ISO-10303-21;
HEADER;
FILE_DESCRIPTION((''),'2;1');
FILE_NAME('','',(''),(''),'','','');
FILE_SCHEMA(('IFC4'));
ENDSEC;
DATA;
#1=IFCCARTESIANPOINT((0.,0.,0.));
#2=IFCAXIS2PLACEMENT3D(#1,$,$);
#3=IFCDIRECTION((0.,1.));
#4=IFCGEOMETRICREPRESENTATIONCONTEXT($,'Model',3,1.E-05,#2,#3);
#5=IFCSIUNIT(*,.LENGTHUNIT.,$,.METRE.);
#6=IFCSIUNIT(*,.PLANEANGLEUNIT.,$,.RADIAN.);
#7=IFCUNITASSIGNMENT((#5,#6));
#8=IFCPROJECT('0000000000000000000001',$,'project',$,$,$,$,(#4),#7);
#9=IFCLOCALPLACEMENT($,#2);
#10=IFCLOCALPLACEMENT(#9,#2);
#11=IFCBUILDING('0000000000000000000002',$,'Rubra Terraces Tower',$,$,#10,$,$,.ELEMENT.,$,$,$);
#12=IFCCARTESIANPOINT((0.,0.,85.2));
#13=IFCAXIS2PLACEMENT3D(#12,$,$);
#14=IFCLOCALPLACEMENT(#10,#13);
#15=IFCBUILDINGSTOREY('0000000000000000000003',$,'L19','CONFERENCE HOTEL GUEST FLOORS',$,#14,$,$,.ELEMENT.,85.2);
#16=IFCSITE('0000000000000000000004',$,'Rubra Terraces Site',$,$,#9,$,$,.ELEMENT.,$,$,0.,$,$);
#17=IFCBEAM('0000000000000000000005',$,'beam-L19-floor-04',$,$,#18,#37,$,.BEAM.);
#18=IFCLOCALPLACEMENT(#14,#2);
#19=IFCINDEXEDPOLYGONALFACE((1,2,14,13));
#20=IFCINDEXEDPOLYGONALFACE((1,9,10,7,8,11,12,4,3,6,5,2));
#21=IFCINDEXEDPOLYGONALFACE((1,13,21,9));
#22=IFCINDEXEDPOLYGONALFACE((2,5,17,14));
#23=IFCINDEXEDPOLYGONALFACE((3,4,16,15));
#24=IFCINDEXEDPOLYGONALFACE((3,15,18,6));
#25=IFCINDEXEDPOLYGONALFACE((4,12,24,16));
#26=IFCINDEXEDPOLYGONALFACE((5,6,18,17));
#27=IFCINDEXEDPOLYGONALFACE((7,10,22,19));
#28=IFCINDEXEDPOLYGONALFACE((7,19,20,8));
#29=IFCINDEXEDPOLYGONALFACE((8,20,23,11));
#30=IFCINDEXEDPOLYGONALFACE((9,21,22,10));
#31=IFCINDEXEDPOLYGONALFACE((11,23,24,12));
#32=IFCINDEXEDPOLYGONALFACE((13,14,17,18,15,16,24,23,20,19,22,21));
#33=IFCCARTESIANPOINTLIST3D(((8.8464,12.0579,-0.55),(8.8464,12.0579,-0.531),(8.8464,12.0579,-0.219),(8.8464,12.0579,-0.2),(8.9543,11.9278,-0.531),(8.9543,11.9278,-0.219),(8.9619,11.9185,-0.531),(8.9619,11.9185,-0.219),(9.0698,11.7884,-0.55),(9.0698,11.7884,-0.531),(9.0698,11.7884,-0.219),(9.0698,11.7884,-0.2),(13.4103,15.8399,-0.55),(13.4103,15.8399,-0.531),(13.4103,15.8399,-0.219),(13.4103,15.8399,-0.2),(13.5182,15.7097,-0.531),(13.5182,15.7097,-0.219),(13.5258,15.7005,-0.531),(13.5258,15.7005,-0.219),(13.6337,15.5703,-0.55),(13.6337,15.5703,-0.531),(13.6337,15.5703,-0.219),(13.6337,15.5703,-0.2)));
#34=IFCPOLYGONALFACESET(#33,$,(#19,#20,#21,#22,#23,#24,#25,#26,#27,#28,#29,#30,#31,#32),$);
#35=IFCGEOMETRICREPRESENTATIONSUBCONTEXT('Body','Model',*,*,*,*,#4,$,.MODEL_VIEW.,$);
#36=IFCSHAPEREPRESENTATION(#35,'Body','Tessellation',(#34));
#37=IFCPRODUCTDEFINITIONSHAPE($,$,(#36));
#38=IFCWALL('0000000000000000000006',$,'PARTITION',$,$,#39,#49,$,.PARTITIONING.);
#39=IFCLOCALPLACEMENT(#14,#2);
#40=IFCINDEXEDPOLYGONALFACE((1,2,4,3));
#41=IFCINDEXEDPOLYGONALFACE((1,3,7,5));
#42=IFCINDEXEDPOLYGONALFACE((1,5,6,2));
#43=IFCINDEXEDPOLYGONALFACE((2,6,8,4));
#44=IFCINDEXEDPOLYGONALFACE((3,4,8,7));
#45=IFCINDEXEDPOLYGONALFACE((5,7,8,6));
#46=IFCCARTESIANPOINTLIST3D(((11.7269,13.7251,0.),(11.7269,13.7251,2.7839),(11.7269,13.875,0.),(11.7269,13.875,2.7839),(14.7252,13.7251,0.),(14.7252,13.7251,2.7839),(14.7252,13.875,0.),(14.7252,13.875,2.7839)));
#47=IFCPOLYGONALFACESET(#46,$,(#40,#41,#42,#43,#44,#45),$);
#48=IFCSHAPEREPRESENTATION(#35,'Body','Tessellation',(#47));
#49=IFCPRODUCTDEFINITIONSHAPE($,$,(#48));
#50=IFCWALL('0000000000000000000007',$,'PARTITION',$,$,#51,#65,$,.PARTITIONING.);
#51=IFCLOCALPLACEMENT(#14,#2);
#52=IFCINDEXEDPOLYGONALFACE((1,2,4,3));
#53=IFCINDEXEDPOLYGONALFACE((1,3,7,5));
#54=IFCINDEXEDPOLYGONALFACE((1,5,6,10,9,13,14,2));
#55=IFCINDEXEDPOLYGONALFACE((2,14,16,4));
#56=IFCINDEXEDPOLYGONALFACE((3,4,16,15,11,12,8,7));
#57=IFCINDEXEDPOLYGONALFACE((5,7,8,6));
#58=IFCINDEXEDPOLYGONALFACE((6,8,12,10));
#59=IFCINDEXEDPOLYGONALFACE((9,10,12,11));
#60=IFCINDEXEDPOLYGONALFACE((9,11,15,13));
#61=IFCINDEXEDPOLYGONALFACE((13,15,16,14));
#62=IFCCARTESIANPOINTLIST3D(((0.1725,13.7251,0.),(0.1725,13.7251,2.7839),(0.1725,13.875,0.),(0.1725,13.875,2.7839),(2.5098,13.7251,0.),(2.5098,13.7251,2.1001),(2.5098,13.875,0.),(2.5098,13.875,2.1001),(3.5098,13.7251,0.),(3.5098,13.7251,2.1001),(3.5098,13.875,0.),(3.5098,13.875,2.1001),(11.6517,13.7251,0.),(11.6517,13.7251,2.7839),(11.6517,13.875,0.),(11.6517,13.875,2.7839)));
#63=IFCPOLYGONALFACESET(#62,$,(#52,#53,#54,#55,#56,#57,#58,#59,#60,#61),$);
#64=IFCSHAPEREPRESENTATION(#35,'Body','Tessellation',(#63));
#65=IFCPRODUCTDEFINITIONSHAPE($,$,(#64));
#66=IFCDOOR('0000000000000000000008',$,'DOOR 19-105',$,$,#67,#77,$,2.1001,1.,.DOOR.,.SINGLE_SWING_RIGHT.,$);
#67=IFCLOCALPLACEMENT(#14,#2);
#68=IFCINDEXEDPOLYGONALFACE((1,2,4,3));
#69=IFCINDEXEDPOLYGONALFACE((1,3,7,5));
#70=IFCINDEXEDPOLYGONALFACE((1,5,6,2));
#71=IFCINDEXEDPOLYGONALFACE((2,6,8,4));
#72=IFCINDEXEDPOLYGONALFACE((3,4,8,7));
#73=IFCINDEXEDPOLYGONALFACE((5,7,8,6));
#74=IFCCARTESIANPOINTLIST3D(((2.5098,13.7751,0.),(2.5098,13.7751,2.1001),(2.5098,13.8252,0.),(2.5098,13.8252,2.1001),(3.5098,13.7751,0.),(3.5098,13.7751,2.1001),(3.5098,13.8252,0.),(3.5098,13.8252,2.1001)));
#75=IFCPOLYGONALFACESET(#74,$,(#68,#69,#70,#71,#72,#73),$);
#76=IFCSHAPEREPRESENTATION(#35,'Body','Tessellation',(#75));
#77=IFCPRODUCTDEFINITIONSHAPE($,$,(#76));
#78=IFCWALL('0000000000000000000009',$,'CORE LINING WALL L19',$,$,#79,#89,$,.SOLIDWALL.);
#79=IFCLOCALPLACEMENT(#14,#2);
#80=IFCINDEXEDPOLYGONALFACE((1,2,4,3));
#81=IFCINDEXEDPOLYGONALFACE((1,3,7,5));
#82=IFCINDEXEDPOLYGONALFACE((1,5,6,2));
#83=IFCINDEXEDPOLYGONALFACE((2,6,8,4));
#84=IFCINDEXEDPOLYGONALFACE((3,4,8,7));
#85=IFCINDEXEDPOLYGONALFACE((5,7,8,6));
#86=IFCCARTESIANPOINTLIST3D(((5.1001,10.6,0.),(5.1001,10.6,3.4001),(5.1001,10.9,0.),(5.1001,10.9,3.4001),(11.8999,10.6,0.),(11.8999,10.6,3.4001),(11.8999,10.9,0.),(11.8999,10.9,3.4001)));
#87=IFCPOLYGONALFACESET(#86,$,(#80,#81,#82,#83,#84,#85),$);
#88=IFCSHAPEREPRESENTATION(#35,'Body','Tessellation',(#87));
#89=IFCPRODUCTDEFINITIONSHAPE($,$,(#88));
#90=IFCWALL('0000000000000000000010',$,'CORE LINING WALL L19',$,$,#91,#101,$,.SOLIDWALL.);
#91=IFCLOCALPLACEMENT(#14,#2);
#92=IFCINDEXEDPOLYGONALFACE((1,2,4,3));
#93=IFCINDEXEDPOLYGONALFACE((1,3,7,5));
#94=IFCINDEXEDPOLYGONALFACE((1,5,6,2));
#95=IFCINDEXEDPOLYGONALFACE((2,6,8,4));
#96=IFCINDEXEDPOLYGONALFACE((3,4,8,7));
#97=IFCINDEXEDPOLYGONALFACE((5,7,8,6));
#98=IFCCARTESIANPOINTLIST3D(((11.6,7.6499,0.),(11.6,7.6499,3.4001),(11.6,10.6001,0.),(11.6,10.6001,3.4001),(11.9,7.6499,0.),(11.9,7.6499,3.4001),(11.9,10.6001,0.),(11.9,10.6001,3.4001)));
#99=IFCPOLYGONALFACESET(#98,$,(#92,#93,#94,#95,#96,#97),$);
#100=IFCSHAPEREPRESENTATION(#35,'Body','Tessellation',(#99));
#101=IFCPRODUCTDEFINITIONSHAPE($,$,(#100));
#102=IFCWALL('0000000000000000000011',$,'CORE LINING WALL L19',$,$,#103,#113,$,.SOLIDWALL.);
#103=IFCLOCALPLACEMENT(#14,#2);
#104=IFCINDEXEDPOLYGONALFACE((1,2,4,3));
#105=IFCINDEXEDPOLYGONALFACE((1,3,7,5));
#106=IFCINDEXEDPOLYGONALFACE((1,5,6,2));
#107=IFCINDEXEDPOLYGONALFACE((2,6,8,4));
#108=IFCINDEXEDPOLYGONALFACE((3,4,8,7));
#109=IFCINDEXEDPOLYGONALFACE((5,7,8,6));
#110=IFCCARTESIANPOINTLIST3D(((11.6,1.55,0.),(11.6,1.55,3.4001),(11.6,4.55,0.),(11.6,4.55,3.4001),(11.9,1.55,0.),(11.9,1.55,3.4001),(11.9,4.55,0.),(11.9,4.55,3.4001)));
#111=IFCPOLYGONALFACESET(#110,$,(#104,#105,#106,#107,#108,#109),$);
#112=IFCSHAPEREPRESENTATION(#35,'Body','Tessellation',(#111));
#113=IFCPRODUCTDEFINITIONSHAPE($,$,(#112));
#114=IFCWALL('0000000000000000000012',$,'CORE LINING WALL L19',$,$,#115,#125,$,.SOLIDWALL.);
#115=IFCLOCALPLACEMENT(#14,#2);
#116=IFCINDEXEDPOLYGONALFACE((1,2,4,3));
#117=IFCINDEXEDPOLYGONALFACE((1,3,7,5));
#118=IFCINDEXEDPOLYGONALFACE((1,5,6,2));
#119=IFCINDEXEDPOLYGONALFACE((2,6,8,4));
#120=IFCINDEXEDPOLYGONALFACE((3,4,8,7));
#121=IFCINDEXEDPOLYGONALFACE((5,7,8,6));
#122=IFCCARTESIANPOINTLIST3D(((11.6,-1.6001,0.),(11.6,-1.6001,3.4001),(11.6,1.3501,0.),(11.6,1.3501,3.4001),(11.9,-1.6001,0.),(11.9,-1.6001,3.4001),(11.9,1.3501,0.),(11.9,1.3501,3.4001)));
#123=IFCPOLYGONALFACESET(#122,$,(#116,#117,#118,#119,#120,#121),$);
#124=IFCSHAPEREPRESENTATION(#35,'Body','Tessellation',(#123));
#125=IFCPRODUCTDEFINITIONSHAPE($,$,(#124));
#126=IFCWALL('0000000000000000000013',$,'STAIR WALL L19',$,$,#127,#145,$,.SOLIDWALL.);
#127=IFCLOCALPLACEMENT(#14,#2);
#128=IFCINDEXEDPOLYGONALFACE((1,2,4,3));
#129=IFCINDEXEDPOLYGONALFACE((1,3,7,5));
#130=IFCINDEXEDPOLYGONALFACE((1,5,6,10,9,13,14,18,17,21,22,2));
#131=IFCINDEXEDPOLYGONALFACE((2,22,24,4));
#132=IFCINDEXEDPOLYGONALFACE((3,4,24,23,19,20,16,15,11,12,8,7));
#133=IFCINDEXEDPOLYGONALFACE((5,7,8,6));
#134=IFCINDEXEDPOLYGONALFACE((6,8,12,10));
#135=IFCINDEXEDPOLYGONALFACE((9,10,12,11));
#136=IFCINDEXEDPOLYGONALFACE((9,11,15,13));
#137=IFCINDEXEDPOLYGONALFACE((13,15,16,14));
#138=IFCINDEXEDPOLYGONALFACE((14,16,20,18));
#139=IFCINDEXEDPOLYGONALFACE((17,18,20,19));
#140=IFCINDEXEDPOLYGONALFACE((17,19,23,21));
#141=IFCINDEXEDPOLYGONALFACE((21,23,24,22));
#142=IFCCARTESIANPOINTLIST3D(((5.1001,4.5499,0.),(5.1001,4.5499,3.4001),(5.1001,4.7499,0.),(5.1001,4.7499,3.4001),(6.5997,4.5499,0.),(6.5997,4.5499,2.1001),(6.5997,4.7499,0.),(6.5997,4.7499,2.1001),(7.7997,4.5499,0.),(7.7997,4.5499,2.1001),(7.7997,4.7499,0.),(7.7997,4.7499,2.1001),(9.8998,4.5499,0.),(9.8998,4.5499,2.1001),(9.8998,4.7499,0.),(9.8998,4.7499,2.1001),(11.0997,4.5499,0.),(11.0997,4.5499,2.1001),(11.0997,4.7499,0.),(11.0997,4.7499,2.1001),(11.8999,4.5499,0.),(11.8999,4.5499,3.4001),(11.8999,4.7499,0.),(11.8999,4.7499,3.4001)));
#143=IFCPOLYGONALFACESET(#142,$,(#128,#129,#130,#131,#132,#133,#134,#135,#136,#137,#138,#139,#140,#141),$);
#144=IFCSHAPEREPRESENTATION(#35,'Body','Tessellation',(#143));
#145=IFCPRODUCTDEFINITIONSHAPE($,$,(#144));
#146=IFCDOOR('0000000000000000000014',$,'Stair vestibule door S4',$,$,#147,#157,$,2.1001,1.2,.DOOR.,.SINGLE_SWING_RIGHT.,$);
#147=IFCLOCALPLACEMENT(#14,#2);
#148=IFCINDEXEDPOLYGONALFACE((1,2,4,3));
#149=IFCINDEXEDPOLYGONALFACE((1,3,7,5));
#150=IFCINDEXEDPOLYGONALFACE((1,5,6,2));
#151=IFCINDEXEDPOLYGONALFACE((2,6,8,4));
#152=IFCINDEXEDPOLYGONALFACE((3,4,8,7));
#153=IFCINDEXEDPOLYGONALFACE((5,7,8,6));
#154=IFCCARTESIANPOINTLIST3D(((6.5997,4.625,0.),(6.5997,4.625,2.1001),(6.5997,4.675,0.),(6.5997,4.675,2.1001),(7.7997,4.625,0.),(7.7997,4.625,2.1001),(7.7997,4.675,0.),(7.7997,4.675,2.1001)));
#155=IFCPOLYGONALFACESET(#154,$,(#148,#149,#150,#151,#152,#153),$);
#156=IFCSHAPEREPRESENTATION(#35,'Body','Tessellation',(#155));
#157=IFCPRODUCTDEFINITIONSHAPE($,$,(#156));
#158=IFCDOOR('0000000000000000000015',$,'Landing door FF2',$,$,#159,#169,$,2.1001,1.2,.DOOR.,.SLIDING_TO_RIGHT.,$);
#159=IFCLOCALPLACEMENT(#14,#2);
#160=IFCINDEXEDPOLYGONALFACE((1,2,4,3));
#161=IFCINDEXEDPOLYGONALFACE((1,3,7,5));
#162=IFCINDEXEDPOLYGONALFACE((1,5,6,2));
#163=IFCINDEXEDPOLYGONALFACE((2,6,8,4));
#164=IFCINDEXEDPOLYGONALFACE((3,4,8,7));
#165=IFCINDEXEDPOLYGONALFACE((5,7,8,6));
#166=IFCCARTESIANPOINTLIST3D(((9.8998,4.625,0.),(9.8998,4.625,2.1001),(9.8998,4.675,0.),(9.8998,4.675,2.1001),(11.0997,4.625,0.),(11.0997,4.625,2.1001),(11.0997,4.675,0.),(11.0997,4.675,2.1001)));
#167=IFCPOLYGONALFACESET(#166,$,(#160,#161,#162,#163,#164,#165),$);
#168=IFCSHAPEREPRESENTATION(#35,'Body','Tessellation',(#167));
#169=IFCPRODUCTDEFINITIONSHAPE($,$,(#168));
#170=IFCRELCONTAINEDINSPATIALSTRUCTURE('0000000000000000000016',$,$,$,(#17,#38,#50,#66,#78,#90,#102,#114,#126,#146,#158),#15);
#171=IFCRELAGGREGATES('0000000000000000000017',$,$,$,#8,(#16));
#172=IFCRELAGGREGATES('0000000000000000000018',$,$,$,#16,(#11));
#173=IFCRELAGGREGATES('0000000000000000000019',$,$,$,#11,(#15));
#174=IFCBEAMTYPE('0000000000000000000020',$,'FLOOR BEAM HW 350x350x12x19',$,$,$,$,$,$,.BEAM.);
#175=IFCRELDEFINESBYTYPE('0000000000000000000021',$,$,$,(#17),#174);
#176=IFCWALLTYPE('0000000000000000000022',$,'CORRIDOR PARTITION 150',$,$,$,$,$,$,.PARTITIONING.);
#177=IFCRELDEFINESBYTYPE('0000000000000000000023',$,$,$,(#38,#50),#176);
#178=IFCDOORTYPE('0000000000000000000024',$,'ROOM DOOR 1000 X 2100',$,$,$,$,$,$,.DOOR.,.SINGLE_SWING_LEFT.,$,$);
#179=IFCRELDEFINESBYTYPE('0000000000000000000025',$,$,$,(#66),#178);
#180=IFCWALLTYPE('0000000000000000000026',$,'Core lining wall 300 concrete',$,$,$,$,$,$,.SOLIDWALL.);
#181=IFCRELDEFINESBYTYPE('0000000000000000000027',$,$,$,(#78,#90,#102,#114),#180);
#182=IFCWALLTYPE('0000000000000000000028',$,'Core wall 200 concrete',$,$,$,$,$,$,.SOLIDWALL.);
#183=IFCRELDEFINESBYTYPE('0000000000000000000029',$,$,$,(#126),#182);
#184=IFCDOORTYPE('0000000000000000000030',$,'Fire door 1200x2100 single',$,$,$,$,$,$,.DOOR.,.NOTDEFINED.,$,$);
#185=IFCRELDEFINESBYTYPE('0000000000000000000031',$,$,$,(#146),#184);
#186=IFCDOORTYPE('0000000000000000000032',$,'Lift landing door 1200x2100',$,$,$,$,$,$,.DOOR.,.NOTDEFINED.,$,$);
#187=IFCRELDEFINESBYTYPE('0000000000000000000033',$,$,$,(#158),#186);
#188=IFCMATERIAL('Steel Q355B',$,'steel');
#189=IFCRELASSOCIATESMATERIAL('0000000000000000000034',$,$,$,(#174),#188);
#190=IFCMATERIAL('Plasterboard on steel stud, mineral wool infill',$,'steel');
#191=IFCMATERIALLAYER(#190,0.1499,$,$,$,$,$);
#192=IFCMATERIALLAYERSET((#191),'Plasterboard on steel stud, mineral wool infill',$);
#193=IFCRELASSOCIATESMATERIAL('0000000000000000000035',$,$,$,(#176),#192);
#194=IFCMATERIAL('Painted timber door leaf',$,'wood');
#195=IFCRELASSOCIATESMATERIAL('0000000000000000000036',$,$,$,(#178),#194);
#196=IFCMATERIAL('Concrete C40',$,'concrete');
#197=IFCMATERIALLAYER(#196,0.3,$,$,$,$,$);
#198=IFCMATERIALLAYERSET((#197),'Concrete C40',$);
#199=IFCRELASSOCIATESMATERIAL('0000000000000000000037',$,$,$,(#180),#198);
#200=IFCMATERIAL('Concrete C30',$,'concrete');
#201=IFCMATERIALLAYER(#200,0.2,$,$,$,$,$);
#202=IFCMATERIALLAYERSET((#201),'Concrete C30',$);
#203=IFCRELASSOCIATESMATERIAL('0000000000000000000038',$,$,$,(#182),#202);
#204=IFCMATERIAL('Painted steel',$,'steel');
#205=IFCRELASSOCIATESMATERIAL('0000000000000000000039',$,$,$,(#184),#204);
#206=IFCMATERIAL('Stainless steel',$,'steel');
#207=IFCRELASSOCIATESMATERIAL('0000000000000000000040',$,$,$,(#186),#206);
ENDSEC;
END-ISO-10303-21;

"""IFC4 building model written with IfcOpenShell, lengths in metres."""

from ifc_helpers import new_model, si_unit, direction, frame, frame_2d, origin, origin_2d, place, context, subcontext, project, spatial, rectangle, i_section, extrude, material, layer, layer_set, material_profile, profile_set, type_object, element, fill, save


model = new_model("IFC4")

# Units and contexts
model_context = context("Model", 3, precision=1e-05, world=origin(), true_north=direction((0.0, 1.0)))
body_context = subcontext(model_context, "Body", "Model", "MODEL_VIEW")
ifc_project = project(units=[si_unit("LENGTHUNIT", "METRE"), si_unit("PLANEANGLEUNIT", "RADIAN")], contexts=[model_context])

# Site, building, storey
site_placement = place(None, origin())
site = spatial("IfcSite", under=ifc_project, at=site_placement, Name="Rubra Terraces Site", CompositionType="ELEMENT", RefElevation=0.0)
building_placement = place(site_placement, origin())
building = spatial("IfcBuilding", under=site, at=building_placement, Name="Rubra Terraces Tower", CompositionType="ELEMENT")
storey_placement = place(building_placement, frame((0.0, 0.0, 85.2)))
storey = spatial("IfcBuildingStorey", under=building, at=storey_placement, Name="L19", Description="CONFERENCE HOTEL GUEST FLOORS", CompositionType="ELEMENT", Elevation=85.2)

# Beam
ifc_material_1 = material(Name="Steel Q355B", Category="steel")
ifc_material_profile = material_profile(ifc_material_1, i_section(OverallWidth=0.3501, OverallDepth=0.3501, WebThickness=0.012, FlangeThickness=0.019, at=origin_2d()), Name="HW 350x350x12x19")
ifc_profile_set = profile_set([ifc_material_profile], Name="Steel Q355B")
beam_type = type_object("IfcBeamType", Name="FLOOR BEAM HW 350x350x12x19", PredefinedType="BEAM", material=ifc_profile_set)
beam_placement = place(storey_placement, frame((13.522, 15.7051, -0.375), z_axis=(-0.769987, -0.638059, 0.0), x_axis=(0.638059, -0.769987, 0.0)))
element("IfcBeam", 1, at=beam_placement, inside=storey, type_object=beam_type, Name="beam-L19-floor-04", PredefinedType="BEAM", context=body_context, shape_type="SweptSolid", body=[
    extrude(i_section(OverallWidth=0.3501, OverallDepth=0.3501, WebThickness=0.012, FlangeThickness=0.019, at=origin_2d()), origin(), (0.0, 0.0, 1.0), 5.9272),
])

# Shared definitions
ifc_material_2 = material(Name="Plasterboard on steel stud, mineral wool infill", Category="steel")
ifc_layer_1 = layer(ifc_material_2, 0.1499)
ifc_layer_set_1 = layer_set([ifc_layer_1], Name="Plasterboard on steel stud, mineral wool infill")
wall_type_1 = type_object("IfcWallType", Name="CORRIDOR PARTITION 150", PredefinedType="PARTITIONING", material=ifc_layer_set_1)

# Wall
wall_1_placement = place(storey_placement, frame((14.7251, 13.8, 0.0), z_axis=(0.0, 0.0, 1.0), x_axis=(-1.0, 0.0, 0.0)))
element("IfcWall", 2, at=wall_1_placement, inside=storey, type_object=wall_type_1, Name="PARTITION", PredefinedType="PARTITIONING", context=body_context, shape_type="SweptSolid", body=[
    extrude(rectangle(XDim=2.9983, YDim=0.1499, at=frame_2d((1.499, 0.0))), origin(), (0.0, 0.0, 1.0), 2.7839),
])

# Wall, opening, door
wall_2_placement = place(storey_placement, frame((11.6519, 13.8, 0.0), z_axis=(0.0, 0.0, 1.0), x_axis=(-1.0, 0.0, 0.0)))
wall_2 = element("IfcWall", 3, at=wall_2_placement, inside=storey, type_object=wall_type_1, Name="PARTITION", PredefinedType="PARTITIONING", context=body_context, shape_type="SweptSolid", body=[
    extrude(rectangle(XDim=11.4792, YDim=0.1499, at=frame_2d((5.7397, 0.0))), origin(), (0.0, 0.0, 1.0), 2.7839),
])
opening_1_placement = place(wall_2_placement, frame((8.1421, 0.0, 0.0)))
opening_1 = element("IfcOpeningElement", 4, at=opening_1_placement, cuts=wall_2, PredefinedType="OPENING", context=body_context, shape_type="SweptSolid", body=[
    extrude(rectangle(XDim=1.0, YDim=2.1001, at=frame_2d((0.5, 1.05))), frame((0.0, 0.085, 0.0), z_axis=(0.0, -1.0, 0.0), x_axis=(1.0, 0.0, 0.0)), (0.0, 0.0, 1.0), 0.1699),
])
ifc_material_3 = material(Name="Painted timber door leaf", Category="wood")
door_type_1 = type_object("IfcDoorType", Name="ROOM DOOR 1000 X 2100", OperationType="SINGLE_SWING_LEFT", PredefinedType="DOOR", material=ifc_material_3)
door_1_placement = place(opening_1_placement, origin())
door_1 = element("IfcDoor", 5, at=door_1_placement, inside=storey, type_object=door_type_1, Name="DOOR 19-105", OperationType="SINGLE_SWING_RIGHT", OverallHeight=2.1001, OverallWidth=1.0, PredefinedType="DOOR", context=body_context, shape_type="SweptSolid", body=[
    extrude(rectangle(XDim=1.0, YDim=2.1001, at=frame_2d((0.5, 1.05))), frame((0.0, 0.0249, 0.0), z_axis=(0.0, -1.0, 0.0), x_axis=(1.0, 0.0, 0.0)), (0.0, 0.0, 1.0), 0.05),
])
fill(opening_1, door_1)

# Walls
ifc_material_4 = material(Name="Concrete C40", Category="concrete")
ifc_layer_2 = layer(ifc_material_4, 0.3)
ifc_layer_set_2 = layer_set([ifc_layer_2], Name="Concrete C40")
wall_type_2 = type_object("IfcWallType", Name="Core lining wall 300 concrete", PredefinedType="SOLIDWALL", material=ifc_layer_set_2)
wall_3_placement = place(storey_placement, frame((11.8999, 10.75, 0.0), z_axis=(0.0, 0.0, 1.0), x_axis=(-1.0, 0.0, 0.0)))
element("IfcWall", 6, at=wall_3_placement, inside=storey, type_object=wall_type_2, Name="CORE LINING WALL L19", PredefinedType="SOLIDWALL", context=body_context, shape_type="SweptSolid", body=[
    extrude(rectangle(XDim=6.7998, YDim=0.3, at=frame_2d((3.3999, 0.0))), origin(), (0.0, 0.0, 1.0), 3.4001),
])
wall_4_placement = place(storey_placement, frame((11.75, 10.6001, 0.0), z_axis=(0.0, 0.0, 1.0), x_axis=(0.0, -1.0, 0.0)))
element("IfcWall", 7, at=wall_4_placement, inside=storey, type_object=wall_type_2, Name="CORE LINING WALL L19", PredefinedType="SOLIDWALL", context=body_context, shape_type="SweptSolid", body=[
    extrude(rectangle(XDim=2.9502, YDim=0.3, at=frame_2d((1.4751, 0.0))), origin(), (0.0, 0.0, 1.0), 3.4001),
])
wall_5_placement = place(storey_placement, frame((11.75, 4.55, 0.0), z_axis=(0.0, 0.0, 1.0), x_axis=(0.0, -1.0, 0.0)))
element("IfcWall", 8, at=wall_5_placement, inside=storey, type_object=wall_type_2, Name="CORE LINING WALL L19", PredefinedType="SOLIDWALL", context=body_context, shape_type="SweptSolid", body=[
    extrude(rectangle(XDim=3.0, YDim=0.3, at=frame_2d((1.5, 0.0))), origin(), (0.0, 0.0, 1.0), 3.4001),
])
wall_6_placement = place(storey_placement, frame((11.75, 1.3501, 0.0), z_axis=(0.0, 0.0, 1.0), x_axis=(0.0, -1.0, 0.0)))
element("IfcWall", 9, at=wall_6_placement, inside=storey, type_object=wall_type_2, Name="CORE LINING WALL L19", PredefinedType="SOLIDWALL", context=body_context, shape_type="SweptSolid", body=[
    extrude(rectangle(XDim=2.9502, YDim=0.3, at=frame_2d((1.4751, 0.0))), origin(), (0.0, 0.0, 1.0), 3.4001),
])

# Wall, openings, doors
ifc_material_5 = material(Name="Concrete C30", Category="concrete")
ifc_layer_3 = layer(ifc_material_5, 0.2)
ifc_layer_set_3 = layer_set([ifc_layer_3], Name="Concrete C30")
wall_type_3 = type_object("IfcWallType", Name="Core wall 200 concrete", PredefinedType="SOLIDWALL", material=ifc_layer_set_3)
wall_7_placement = place(storey_placement, frame((11.8999, 4.6499, 0.0), z_axis=(0.0, 0.0, 1.0), x_axis=(-1.0, 0.0, 0.0)))
wall_7 = element("IfcWall", 10, at=wall_7_placement, inside=storey, type_object=wall_type_3, Name="STAIR WALL L19", PredefinedType="SOLIDWALL", context=body_context, shape_type="SweptSolid", body=[
    extrude(rectangle(XDim=6.7998, YDim=0.2, at=frame_2d((3.3999, 0.0))), origin(), (0.0, 0.0, 1.0), 3.4001),
])
opening_2_placement = place(wall_7_placement, frame((4.1001, 0.0, 0.0)))
opening_2 = element("IfcOpeningElement", 11, at=opening_2_placement, cuts=wall_7, PredefinedType="OPENING", context=body_context, shape_type="SweptSolid", body=[
    extrude(rectangle(XDim=1.2, YDim=2.1001, at=frame_2d((0.6001, 1.05))), frame((0.0, 0.1099, 0.0), z_axis=(0.0, -1.0, 0.0), x_axis=(1.0, 0.0, 0.0)), (0.0, 0.0, 1.0), 0.22),
])
opening_3_placement = place(wall_7_placement, frame((0.8, 0.0, 0.0)))
opening_3 = element("IfcOpeningElement", 12, at=opening_3_placement, cuts=wall_7, PredefinedType="OPENING", context=body_context, shape_type="SweptSolid", body=[
    extrude(rectangle(XDim=1.2, YDim=2.1001, at=frame_2d((0.6001, 1.05))), frame((0.0, 0.1099, 0.0), z_axis=(0.0, -1.0, 0.0), x_axis=(1.0, 0.0, 0.0)), (0.0, 0.0, 1.0), 0.22),
])
ifc_material_6 = material(Name="Painted steel", Category="steel")
door_type_2 = type_object("IfcDoorType", Name="Fire door 1200x2100 single", OperationType="NOTDEFINED", PredefinedType="DOOR", material=ifc_material_6)
door_2_placement = place(opening_2_placement, origin())
door_2 = element("IfcDoor", 13, at=door_2_placement, inside=storey, type_object=door_type_2, Name="Stair vestibule door S4", OperationType="SINGLE_SWING_RIGHT", OverallHeight=2.1001, OverallWidth=1.2, PredefinedType="DOOR", context=body_context, shape_type="SweptSolid", body=[
    extrude(rectangle(XDim=1.2, YDim=2.1001, at=frame_2d((0.6001, 1.05))), frame((0.0, 0.0249, 0.0), z_axis=(0.0, -1.0, 0.0), x_axis=(1.0, 0.0, 0.0)), (0.0, 0.0, 1.0), 0.05),
])
fill(opening_2, door_2)
ifc_material_7 = material(Name="Stainless steel", Category="steel")
door_type_3 = type_object("IfcDoorType", Name="Lift landing door 1200x2100", OperationType="NOTDEFINED", PredefinedType="DOOR", material=ifc_material_7)
door_3_placement = place(opening_3_placement, origin())
door_3 = element("IfcDoor", 14, at=door_3_placement, inside=storey, type_object=door_type_3, Name="Landing door FF2", OperationType="SLIDING_TO_RIGHT", OverallHeight=2.1001, OverallWidth=1.2, PredefinedType="DOOR", context=body_context, shape_type="SweptSolid", body=[
    extrude(rectangle(XDim=1.2, YDim=2.1001, at=frame_2d((0.6001, 1.05))), frame((0.0, 0.0249, 0.0), z_axis=(0.0, -1.0, 0.0), x_axis=(1.0, 0.0, 0.0)), (0.0, 0.0, 1.0), 0.05),
])
fill(opening_3, door_3)

save(model, "model.ifc")
